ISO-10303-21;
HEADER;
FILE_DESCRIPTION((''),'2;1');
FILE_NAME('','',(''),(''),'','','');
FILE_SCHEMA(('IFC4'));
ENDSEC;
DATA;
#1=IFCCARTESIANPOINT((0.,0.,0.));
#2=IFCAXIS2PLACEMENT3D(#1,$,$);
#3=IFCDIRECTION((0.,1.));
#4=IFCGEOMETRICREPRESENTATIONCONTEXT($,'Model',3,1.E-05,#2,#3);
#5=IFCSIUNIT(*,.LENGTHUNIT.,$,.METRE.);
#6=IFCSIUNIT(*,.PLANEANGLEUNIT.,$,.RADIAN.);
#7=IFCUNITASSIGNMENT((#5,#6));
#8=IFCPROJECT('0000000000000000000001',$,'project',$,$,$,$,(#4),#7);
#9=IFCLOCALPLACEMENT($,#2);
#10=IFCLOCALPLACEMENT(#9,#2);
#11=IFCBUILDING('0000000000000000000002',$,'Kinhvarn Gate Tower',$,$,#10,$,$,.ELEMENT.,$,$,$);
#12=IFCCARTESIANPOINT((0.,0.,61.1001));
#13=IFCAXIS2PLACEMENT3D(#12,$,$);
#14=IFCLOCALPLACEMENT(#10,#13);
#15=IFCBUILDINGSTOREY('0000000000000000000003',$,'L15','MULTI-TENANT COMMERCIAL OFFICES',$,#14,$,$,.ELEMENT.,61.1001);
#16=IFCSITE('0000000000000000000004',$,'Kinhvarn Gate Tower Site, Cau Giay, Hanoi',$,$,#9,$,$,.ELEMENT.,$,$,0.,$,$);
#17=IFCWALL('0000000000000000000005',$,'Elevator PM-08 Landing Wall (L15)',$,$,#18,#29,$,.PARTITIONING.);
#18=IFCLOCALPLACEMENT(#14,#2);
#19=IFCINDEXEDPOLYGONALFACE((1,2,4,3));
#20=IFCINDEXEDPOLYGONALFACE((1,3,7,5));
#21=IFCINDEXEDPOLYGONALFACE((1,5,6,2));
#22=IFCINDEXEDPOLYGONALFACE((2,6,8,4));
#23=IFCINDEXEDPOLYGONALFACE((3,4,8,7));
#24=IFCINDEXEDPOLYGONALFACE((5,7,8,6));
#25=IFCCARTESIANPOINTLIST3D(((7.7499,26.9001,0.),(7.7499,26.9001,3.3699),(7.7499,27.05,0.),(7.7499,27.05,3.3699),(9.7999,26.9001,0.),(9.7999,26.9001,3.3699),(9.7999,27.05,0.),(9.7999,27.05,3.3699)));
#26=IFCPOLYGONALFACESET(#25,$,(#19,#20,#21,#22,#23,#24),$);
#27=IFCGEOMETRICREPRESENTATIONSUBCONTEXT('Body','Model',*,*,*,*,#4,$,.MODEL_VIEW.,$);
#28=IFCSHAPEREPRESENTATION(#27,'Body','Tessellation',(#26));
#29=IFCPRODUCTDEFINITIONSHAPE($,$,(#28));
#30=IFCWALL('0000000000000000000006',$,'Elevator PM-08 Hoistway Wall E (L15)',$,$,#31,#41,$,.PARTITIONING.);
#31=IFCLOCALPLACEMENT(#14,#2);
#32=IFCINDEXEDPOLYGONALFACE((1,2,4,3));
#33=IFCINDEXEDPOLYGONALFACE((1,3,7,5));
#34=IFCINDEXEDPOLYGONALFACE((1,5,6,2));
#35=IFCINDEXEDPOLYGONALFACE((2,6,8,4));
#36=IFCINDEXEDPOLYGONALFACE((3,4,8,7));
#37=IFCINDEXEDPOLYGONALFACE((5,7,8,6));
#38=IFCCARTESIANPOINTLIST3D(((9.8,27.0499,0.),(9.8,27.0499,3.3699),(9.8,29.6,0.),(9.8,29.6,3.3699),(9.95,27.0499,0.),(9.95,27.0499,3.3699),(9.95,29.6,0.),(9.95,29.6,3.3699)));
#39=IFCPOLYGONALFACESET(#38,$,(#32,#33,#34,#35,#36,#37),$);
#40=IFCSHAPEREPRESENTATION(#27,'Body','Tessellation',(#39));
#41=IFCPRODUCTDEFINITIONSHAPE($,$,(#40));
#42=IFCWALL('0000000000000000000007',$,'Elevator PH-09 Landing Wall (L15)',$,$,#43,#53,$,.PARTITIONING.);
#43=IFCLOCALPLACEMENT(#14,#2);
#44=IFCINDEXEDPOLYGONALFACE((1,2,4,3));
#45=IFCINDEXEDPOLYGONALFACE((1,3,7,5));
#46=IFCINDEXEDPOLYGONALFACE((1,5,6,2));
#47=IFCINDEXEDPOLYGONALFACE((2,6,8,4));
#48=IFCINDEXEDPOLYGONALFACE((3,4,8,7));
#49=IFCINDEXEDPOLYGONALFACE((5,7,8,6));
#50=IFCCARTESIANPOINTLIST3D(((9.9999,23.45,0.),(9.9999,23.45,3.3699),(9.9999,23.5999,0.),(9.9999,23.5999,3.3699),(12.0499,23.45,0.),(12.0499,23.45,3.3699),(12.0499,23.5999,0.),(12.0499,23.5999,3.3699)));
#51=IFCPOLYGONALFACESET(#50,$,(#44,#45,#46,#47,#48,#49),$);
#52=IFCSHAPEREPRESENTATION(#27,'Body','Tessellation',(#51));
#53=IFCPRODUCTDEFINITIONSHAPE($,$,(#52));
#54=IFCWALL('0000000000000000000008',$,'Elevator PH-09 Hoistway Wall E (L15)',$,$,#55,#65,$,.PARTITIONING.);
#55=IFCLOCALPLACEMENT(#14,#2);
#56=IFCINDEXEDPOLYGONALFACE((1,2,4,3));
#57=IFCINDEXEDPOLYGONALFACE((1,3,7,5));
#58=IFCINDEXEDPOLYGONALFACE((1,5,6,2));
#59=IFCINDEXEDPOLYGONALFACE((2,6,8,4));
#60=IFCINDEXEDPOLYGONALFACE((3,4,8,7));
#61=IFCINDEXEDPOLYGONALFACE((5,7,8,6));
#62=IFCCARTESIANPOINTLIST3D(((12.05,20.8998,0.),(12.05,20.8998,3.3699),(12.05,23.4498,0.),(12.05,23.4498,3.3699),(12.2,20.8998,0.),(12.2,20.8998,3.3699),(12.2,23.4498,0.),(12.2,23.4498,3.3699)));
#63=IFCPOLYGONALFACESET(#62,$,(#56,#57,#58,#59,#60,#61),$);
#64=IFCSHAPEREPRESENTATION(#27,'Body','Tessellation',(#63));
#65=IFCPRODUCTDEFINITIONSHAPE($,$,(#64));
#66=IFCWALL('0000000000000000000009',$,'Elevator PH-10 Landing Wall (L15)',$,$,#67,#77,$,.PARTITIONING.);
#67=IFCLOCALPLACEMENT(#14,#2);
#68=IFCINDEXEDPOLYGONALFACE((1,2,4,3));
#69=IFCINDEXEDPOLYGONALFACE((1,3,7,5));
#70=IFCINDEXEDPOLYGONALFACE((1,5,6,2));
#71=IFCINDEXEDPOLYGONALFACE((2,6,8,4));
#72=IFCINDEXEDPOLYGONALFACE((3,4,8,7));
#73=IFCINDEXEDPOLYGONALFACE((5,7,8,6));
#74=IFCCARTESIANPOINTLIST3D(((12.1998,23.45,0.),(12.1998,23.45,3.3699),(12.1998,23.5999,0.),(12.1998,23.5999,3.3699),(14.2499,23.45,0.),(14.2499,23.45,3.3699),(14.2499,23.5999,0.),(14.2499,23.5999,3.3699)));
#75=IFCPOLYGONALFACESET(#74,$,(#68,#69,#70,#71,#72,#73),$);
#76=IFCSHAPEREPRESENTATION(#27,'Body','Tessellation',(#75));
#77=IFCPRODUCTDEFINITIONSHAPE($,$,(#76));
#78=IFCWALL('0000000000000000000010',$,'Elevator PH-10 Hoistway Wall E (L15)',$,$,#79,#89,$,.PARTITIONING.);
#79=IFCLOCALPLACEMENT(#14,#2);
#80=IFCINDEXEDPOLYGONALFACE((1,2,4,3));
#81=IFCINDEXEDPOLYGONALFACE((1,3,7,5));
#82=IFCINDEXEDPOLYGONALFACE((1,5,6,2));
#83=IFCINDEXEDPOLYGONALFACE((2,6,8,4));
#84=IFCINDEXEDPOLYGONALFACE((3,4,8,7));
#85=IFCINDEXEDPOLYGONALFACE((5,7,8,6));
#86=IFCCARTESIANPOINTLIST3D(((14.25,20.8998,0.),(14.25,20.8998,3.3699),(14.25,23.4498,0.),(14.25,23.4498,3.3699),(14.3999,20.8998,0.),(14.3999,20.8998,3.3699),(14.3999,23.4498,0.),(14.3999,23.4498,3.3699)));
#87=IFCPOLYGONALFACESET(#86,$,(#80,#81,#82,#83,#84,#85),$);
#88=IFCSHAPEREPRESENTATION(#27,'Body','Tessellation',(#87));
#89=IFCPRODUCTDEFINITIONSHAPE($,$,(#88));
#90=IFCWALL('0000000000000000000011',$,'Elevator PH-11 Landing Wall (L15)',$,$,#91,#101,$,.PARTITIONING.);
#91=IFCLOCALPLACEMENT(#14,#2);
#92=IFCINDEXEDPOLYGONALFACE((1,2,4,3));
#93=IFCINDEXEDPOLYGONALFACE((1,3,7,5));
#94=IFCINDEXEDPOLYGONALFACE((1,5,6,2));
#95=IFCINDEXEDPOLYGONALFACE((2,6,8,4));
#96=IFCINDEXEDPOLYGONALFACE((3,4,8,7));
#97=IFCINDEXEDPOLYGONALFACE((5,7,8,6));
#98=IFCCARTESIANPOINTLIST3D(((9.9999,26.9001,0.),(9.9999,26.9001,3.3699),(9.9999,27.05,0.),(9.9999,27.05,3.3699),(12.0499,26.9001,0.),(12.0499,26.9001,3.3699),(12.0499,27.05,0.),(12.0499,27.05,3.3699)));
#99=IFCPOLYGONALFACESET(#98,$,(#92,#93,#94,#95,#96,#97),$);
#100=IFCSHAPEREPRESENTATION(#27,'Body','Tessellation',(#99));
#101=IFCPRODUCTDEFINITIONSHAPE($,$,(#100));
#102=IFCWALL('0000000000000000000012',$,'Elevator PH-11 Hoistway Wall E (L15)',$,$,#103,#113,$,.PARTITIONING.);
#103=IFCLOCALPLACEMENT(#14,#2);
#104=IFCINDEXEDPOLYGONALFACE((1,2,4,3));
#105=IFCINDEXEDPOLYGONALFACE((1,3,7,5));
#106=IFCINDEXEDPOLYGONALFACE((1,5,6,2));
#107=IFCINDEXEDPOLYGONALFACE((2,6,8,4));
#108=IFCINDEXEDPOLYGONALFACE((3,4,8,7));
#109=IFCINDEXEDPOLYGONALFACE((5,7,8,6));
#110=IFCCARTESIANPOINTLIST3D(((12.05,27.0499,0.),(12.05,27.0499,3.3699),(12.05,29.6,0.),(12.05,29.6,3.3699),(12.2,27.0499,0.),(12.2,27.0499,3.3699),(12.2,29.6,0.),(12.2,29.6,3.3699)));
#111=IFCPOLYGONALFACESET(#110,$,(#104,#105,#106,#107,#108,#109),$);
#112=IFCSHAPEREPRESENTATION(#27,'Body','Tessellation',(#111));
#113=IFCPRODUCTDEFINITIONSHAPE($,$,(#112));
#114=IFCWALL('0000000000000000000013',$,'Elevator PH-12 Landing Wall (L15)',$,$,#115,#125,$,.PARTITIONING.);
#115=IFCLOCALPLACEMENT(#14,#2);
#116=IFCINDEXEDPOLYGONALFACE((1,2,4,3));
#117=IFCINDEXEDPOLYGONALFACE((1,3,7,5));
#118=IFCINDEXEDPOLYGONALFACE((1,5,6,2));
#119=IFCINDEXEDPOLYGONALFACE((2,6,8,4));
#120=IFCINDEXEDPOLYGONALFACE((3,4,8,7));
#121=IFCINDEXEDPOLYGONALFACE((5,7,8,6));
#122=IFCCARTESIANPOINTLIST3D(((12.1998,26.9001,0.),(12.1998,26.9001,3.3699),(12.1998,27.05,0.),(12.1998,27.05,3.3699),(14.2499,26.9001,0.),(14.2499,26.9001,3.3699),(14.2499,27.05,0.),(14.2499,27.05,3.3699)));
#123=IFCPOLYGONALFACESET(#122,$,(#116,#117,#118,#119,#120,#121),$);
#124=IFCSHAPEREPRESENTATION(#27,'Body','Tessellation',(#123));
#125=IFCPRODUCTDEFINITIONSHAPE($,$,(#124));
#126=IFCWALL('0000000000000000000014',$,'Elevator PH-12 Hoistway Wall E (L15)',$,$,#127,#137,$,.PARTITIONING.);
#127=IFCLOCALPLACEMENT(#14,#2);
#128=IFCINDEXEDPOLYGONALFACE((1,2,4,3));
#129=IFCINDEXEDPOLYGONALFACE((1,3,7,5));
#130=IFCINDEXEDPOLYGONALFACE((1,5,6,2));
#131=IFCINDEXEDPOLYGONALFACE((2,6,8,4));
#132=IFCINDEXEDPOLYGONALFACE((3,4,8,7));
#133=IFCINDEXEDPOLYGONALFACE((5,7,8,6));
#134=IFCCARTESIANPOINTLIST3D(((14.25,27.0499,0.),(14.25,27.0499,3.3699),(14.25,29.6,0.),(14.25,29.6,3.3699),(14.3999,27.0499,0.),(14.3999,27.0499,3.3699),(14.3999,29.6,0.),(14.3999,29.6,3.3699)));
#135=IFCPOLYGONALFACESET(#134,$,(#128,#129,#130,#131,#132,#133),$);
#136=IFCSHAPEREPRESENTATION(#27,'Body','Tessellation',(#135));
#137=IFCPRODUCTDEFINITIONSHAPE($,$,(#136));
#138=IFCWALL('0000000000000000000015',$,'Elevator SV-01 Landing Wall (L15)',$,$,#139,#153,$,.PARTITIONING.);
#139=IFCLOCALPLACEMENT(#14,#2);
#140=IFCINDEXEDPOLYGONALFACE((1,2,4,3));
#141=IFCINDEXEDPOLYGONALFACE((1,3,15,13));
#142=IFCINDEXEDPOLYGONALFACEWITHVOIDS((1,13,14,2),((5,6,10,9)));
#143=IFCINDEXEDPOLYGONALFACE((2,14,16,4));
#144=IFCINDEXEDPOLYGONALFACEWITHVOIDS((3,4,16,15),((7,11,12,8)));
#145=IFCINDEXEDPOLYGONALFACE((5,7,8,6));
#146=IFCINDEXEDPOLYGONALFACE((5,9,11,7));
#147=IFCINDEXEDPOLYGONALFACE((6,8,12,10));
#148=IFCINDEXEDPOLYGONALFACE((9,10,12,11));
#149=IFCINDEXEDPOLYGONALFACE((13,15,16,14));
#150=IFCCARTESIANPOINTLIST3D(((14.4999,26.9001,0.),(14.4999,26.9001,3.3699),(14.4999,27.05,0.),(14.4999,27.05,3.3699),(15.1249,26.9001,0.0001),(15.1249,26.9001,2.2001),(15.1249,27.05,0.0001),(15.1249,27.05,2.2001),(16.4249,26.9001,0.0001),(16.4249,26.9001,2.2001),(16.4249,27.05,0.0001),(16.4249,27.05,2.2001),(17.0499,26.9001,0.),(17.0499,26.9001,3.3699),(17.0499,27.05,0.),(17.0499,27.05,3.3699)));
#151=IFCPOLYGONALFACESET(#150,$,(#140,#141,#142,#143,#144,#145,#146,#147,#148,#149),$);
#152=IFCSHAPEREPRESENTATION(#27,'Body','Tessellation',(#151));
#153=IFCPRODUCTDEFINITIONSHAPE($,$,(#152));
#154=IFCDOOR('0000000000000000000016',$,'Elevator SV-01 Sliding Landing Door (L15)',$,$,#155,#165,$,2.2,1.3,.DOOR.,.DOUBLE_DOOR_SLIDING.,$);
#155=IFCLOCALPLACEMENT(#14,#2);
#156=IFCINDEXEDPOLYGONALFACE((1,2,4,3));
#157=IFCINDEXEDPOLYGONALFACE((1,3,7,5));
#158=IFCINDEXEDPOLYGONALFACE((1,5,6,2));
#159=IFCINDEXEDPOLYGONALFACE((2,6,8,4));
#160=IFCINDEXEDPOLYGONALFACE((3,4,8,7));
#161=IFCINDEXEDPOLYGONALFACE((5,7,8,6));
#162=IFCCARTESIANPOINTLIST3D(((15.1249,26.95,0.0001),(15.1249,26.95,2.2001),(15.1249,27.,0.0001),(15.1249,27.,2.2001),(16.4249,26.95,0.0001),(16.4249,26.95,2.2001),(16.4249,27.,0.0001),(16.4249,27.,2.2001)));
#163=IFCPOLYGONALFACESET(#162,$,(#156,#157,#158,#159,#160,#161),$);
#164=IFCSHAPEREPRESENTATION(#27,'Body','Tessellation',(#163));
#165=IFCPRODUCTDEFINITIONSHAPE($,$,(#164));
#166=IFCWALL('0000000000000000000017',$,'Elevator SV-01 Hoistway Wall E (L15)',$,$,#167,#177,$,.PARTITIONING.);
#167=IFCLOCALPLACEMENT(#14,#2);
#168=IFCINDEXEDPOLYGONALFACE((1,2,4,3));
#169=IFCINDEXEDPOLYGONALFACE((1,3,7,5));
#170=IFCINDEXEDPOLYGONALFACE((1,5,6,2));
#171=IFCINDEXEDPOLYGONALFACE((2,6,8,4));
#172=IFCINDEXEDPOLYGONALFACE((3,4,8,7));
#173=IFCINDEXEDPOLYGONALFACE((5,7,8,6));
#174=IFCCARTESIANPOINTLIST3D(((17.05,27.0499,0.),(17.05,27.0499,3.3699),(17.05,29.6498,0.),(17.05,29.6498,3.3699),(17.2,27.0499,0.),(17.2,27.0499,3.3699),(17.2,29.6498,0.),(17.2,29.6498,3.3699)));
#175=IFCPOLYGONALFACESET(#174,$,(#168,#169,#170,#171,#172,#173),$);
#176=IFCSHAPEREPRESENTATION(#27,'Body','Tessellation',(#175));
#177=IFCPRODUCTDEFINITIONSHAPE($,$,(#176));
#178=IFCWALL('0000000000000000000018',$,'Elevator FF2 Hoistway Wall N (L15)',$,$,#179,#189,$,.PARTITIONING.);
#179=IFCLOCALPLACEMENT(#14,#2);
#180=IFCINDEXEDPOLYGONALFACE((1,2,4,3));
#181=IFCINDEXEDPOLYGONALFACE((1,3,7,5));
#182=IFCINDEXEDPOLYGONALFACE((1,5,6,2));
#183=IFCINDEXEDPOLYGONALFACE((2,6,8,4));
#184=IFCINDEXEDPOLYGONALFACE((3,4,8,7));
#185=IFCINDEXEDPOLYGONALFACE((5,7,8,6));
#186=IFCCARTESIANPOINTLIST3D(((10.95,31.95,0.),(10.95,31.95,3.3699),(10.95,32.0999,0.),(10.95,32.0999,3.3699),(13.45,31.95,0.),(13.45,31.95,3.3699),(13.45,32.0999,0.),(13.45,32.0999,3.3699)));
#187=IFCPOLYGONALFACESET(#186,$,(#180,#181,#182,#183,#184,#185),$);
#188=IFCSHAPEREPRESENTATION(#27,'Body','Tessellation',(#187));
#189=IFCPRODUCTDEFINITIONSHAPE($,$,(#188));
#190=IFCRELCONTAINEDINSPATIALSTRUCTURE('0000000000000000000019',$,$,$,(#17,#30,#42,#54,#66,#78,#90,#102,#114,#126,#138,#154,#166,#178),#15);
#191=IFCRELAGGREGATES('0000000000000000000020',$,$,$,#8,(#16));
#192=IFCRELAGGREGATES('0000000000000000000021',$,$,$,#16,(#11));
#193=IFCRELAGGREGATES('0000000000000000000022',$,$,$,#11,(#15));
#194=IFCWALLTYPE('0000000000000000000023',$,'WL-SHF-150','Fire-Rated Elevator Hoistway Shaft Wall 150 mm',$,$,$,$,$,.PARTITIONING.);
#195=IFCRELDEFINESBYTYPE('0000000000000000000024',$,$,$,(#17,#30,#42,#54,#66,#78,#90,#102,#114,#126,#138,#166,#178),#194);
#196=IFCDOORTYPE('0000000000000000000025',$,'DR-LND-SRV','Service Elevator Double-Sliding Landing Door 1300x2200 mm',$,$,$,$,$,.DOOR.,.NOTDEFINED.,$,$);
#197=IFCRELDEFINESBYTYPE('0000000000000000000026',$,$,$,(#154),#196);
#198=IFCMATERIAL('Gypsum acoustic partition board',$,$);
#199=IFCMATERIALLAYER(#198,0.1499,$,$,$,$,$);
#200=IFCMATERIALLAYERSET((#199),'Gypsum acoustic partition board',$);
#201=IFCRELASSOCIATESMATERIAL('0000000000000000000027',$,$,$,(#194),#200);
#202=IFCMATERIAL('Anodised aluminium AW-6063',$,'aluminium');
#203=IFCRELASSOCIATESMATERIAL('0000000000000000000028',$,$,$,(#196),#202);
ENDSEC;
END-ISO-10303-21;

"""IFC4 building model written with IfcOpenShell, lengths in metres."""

from ifc_helpers import new_model, si_unit, direction, frame, frame_2d, origin, place, context, subcontext, project, spatial, rectangle, extrude, material, layer, layer_set, type_object, element, fill, save


model = new_model("IFC4")

# Units and contexts
model_context = context("Model", 3, precision=1e-05, world=origin(), true_north=direction((0.0, 1.0)))
body_context = subcontext(model_context, "Body", "Model", "MODEL_VIEW")
ifc_project = project(units=[si_unit("LENGTHUNIT", "METRE"), si_unit("PLANEANGLEUNIT", "RADIAN")], contexts=[model_context])

# Site, building, storey
site_placement = place(None, origin())
site = spatial("IfcSite", under=ifc_project, at=site_placement, Name="Kinhvarn Gate Tower Site, Cau Giay, Hanoi", CompositionType="ELEMENT", RefElevation=0.0)
building_placement = place(site_placement, origin())
building = spatial("IfcBuilding", under=site, at=building_placement, Name="Kinhvarn Gate Tower", CompositionType="ELEMENT")
storey_placement = place(building_placement, frame((0.0, 0.0, 61.1001)))
storey = spatial("IfcBuildingStorey", under=building, at=storey_placement, Name="L15", Description="MULTI-TENANT COMMERCIAL OFFICES", CompositionType="ELEMENT", Elevation=61.1001)

# Shared definitions
ifc_material_1 = material(Name="Gypsum acoustic partition board")
ifc_material_2 = material(Name="Anodised aluminium AW-6063", Category="aluminium")

# Walls
ifc_layer_1 = layer(ifc_material_1, 0.1499)
ifc_layer_set_1 = layer_set([ifc_layer_1], Name="Gypsum acoustic partition board")
wall_type_1 = type_object("IfcWallType", Name="WL-SHF-150", Description="Fire-Rated Elevator Hoistway Shaft Wall 150 mm", PredefinedType="PARTITIONING", material=ifc_layer_set_1)
wall_1_placement = place(storey_placement, frame((7.75, 26.9751, 0.0), z_axis=(0.0, 0.0, 1.0), x_axis=(1.0, 0.0, 0.0)))
element("IfcWall", 1, at=wall_1_placement, inside=storey, type_object=wall_type_1, Name="Elevator PM-08 Landing Wall (L15)", PredefinedType="PARTITIONING", context=body_context, shape_type="SweptSolid", body=[
    extrude(rectangle(XDim=2.05, YDim=0.1499, at=frame_2d((1.0249, 0.0))), origin(), (0.0, 0.0, 1.0), 3.3699),
])
wall_2_placement = place(storey_placement, frame((9.875, 27.05, 0.0), z_axis=(0.0, 0.0, 1.0), x_axis=(0.0, 1.0, 0.0)))
element("IfcWall", 2, at=wall_2_placement, inside=storey, type_object=wall_type_1, Name="Elevator PM-08 Hoistway Wall E (L15)", PredefinedType="PARTITIONING", context=body_context, shape_type="SweptSolid", body=[
    extrude(rectangle(XDim=2.55, YDim=0.1499, at=frame_2d((1.2749, 0.0))), origin(), (0.0, 0.0, 1.0), 3.3699),
])
wall_3_placement = place(storey_placement, frame((10.0, 23.5249, 0.0), z_axis=(0.0, 0.0, 1.0), x_axis=(1.0, 0.0, 0.0)))
element("IfcWall", 3, at=wall_3_placement, inside=storey, type_object=wall_type_1, Name="Elevator PH-09 Landing Wall (L15)", PredefinedType="PARTITIONING", context=body_context, shape_type="SweptSolid", body=[
    extrude(rectangle(XDim=2.05, YDim=0.1499, at=frame_2d((1.0249, 0.0))), origin(), (0.0, 0.0, 1.0), 3.3699),
])
wall_4_placement = place(storey_placement, frame((12.125, 20.8999, 0.0), z_axis=(0.0, 0.0, 1.0), x_axis=(0.0, 1.0, 0.0)))
element("IfcWall", 4, at=wall_4_placement, inside=storey, type_object=wall_type_1, Name="Elevator PH-09 Hoistway Wall E (L15)", PredefinedType="PARTITIONING", context=body_context, shape_type="SweptSolid", body=[
    extrude(rectangle(XDim=2.55, YDim=0.1499, at=frame_2d((1.2749, 0.0))), origin(), (0.0, 0.0, 1.0), 3.3699),
])
wall_5_placement = place(storey_placement, frame((12.2, 23.5249, 0.0), z_axis=(0.0, 0.0, 1.0), x_axis=(1.0, 0.0, 0.0)))
element("IfcWall", 5, at=wall_5_placement, inside=storey, type_object=wall_type_1, Name="Elevator PH-10 Landing Wall (L15)", PredefinedType="PARTITIONING", context=body_context, shape_type="SweptSolid", body=[
    extrude(rectangle(XDim=2.05, YDim=0.1499, at=frame_2d((1.0249, 0.0))), origin(), (0.0, 0.0, 1.0), 3.3699),
])
wall_6_placement = place(storey_placement, frame((14.325, 20.8999, 0.0), z_axis=(0.0, 0.0, 1.0), x_axis=(0.0, 1.0, 0.0)))
element("IfcWall", 6, at=wall_6_placement, inside=storey, type_object=wall_type_1, Name="Elevator PH-10 Hoistway Wall E (L15)", PredefinedType="PARTITIONING", context=body_context, shape_type="SweptSolid", body=[
    extrude(rectangle(XDim=2.55, YDim=0.1499, at=frame_2d((1.2749, 0.0))), origin(), (0.0, 0.0, 1.0), 3.3699),
])
wall_7_placement = place(storey_placement, frame((10.0, 26.9751, 0.0), z_axis=(0.0, 0.0, 1.0), x_axis=(1.0, 0.0, 0.0)))
element("IfcWall", 7, at=wall_7_placement, inside=storey, type_object=wall_type_1, Name="Elevator PH-11 Landing Wall (L15)", PredefinedType="PARTITIONING", context=body_context, shape_type="SweptSolid", body=[
    extrude(rectangle(XDim=2.05, YDim=0.1499, at=frame_2d((1.0249, 0.0))), origin(), (0.0, 0.0, 1.0), 3.3699),
])
wall_8_placement = place(storey_placement, frame((12.125, 27.05, 0.0), z_axis=(0.0, 0.0, 1.0), x_axis=(0.0, 1.0, 0.0)))
element("IfcWall", 8, at=wall_8_placement, inside=storey, type_object=wall_type_1, Name="Elevator PH-11 Hoistway Wall E (L15)", PredefinedType="PARTITIONING", context=body_context, shape_type="SweptSolid", body=[
    extrude(rectangle(XDim=2.55, YDim=0.1499, at=frame_2d((1.2749, 0.0))), origin(), (0.0, 0.0, 1.0), 3.3699),
])
wall_9_placement = place(storey_placement, frame((12.2, 26.9751, 0.0), z_axis=(0.0, 0.0, 1.0), x_axis=(1.0, 0.0, 0.0)))
element("IfcWall", 9, at=wall_9_placement, inside=storey, type_object=wall_type_1, Name="Elevator PH-12 Landing Wall (L15)", PredefinedType="PARTITIONING", context=body_context, shape_type="SweptSolid", body=[
    extrude(rectangle(XDim=2.05, YDim=0.1499, at=frame_2d((1.0249, 0.0))), origin(), (0.0, 0.0, 1.0), 3.3699),
])
wall_10_placement = place(storey_placement, frame((14.325, 27.05, 0.0), z_axis=(0.0, 0.0, 1.0), x_axis=(0.0, 1.0, 0.0)))
element("IfcWall", 10, at=wall_10_placement, inside=storey, type_object=wall_type_1, Name="Elevator PH-12 Hoistway Wall E (L15)", PredefinedType="PARTITIONING", context=body_context, shape_type="SweptSolid", body=[
    extrude(rectangle(XDim=2.55, YDim=0.1499, at=frame_2d((1.2749, 0.0))), origin(), (0.0, 0.0, 1.0), 3.3699),
])

# Wall, opening, door
wall_11_placement = place(storey_placement, frame((14.5, 26.9751, 0.0), z_axis=(0.0, 0.0, 1.0), x_axis=(1.0, 0.0, 0.0)))
wall_11 = element("IfcWall", 11, at=wall_11_placement, inside=storey, type_object=wall_type_1, Name="Elevator SV-01 Landing Wall (L15)", PredefinedType="PARTITIONING", context=body_context, shape_type="SweptSolid", body=[
    extrude(rectangle(XDim=2.55, YDim=0.1499, at=frame_2d((1.2749, 0.0))), origin(), (0.0, 0.0, 1.0), 3.3699),
])
opening_1_placement = place(wall_11_placement, frame((0.625, 0.0, 0.0)))
opening_1 = element("IfcOpeningElement", 12, at=opening_1_placement, cuts=wall_11, PredefinedType="OPENING", context=body_context, shape_type="SweptSolid", body=[
    extrude(rectangle(XDim=1.3, YDim=2.2, at=frame_2d((0.6499, 1.1001))), frame((0.0, 0.085, 0.0), z_axis=(0.0, -1.0, 0.0), x_axis=(1.0, 0.0, 0.0)), (0.0, 0.0, 1.0), 0.1699),
])
door_type_1 = type_object("IfcDoorType", Name="DR-LND-SRV", Description="Service Elevator Double-Sliding Landing Door 1300x2200 mm", OperationType="NOTDEFINED", PredefinedType="DOOR", material=ifc_material_2)
door_1_placement = place(opening_1_placement, origin())
door_1 = element("IfcDoor", 13, at=door_1_placement, inside=storey, type_object=door_type_1, Name="Elevator SV-01 Sliding Landing Door (L15)", OperationType="DOUBLE_DOOR_SLIDING", OverallHeight=2.2, OverallWidth=1.3, PredefinedType="DOOR", context=body_context, shape_type="SweptSolid", body=[
    extrude(rectangle(XDim=1.3, YDim=2.2, at=frame_2d((0.6499, 1.1001))), frame((0.0, 0.0249, 0.0), z_axis=(0.0, -1.0, 0.0), x_axis=(1.0, 0.0, 0.0)), (0.0, 0.0, 1.0), 0.05),
])
fill(opening_1, door_1)

# Walls
wall_12_placement = place(storey_placement, frame((17.125, 27.05, 0.0), z_axis=(0.0, 0.0, 1.0), x_axis=(0.0, 1.0, 0.0)))
element("IfcWall", 14, at=wall_12_placement, inside=storey, type_object=wall_type_1, Name="Elevator SV-01 Hoistway Wall E (L15)", PredefinedType="PARTITIONING", context=body_context, shape_type="SweptSolid", body=[
    extrude(rectangle(XDim=2.5999, YDim=0.1499, at=frame_2d((1.2998, 0.0))), origin(), (0.0, 0.0, 1.0), 3.3699),
])
wall_13_placement = place(storey_placement, frame((10.95, 32.0249, 0.0), z_axis=(0.0, 0.0, 1.0), x_axis=(1.0, 0.0, 0.0)))
element("IfcWall", 15, at=wall_13_placement, inside=storey, type_object=wall_type_1, Name="Elevator FF2 Hoistway Wall N (L15)", PredefinedType="PARTITIONING", context=body_context, shape_type="SweptSolid", body=[
    extrude(rectangle(XDim=2.5, YDim=0.1499, at=frame_2d((1.25, 0.0))), origin(), (0.0, 0.0, 1.0), 3.3699),
])

save(model, "model.ifc")
